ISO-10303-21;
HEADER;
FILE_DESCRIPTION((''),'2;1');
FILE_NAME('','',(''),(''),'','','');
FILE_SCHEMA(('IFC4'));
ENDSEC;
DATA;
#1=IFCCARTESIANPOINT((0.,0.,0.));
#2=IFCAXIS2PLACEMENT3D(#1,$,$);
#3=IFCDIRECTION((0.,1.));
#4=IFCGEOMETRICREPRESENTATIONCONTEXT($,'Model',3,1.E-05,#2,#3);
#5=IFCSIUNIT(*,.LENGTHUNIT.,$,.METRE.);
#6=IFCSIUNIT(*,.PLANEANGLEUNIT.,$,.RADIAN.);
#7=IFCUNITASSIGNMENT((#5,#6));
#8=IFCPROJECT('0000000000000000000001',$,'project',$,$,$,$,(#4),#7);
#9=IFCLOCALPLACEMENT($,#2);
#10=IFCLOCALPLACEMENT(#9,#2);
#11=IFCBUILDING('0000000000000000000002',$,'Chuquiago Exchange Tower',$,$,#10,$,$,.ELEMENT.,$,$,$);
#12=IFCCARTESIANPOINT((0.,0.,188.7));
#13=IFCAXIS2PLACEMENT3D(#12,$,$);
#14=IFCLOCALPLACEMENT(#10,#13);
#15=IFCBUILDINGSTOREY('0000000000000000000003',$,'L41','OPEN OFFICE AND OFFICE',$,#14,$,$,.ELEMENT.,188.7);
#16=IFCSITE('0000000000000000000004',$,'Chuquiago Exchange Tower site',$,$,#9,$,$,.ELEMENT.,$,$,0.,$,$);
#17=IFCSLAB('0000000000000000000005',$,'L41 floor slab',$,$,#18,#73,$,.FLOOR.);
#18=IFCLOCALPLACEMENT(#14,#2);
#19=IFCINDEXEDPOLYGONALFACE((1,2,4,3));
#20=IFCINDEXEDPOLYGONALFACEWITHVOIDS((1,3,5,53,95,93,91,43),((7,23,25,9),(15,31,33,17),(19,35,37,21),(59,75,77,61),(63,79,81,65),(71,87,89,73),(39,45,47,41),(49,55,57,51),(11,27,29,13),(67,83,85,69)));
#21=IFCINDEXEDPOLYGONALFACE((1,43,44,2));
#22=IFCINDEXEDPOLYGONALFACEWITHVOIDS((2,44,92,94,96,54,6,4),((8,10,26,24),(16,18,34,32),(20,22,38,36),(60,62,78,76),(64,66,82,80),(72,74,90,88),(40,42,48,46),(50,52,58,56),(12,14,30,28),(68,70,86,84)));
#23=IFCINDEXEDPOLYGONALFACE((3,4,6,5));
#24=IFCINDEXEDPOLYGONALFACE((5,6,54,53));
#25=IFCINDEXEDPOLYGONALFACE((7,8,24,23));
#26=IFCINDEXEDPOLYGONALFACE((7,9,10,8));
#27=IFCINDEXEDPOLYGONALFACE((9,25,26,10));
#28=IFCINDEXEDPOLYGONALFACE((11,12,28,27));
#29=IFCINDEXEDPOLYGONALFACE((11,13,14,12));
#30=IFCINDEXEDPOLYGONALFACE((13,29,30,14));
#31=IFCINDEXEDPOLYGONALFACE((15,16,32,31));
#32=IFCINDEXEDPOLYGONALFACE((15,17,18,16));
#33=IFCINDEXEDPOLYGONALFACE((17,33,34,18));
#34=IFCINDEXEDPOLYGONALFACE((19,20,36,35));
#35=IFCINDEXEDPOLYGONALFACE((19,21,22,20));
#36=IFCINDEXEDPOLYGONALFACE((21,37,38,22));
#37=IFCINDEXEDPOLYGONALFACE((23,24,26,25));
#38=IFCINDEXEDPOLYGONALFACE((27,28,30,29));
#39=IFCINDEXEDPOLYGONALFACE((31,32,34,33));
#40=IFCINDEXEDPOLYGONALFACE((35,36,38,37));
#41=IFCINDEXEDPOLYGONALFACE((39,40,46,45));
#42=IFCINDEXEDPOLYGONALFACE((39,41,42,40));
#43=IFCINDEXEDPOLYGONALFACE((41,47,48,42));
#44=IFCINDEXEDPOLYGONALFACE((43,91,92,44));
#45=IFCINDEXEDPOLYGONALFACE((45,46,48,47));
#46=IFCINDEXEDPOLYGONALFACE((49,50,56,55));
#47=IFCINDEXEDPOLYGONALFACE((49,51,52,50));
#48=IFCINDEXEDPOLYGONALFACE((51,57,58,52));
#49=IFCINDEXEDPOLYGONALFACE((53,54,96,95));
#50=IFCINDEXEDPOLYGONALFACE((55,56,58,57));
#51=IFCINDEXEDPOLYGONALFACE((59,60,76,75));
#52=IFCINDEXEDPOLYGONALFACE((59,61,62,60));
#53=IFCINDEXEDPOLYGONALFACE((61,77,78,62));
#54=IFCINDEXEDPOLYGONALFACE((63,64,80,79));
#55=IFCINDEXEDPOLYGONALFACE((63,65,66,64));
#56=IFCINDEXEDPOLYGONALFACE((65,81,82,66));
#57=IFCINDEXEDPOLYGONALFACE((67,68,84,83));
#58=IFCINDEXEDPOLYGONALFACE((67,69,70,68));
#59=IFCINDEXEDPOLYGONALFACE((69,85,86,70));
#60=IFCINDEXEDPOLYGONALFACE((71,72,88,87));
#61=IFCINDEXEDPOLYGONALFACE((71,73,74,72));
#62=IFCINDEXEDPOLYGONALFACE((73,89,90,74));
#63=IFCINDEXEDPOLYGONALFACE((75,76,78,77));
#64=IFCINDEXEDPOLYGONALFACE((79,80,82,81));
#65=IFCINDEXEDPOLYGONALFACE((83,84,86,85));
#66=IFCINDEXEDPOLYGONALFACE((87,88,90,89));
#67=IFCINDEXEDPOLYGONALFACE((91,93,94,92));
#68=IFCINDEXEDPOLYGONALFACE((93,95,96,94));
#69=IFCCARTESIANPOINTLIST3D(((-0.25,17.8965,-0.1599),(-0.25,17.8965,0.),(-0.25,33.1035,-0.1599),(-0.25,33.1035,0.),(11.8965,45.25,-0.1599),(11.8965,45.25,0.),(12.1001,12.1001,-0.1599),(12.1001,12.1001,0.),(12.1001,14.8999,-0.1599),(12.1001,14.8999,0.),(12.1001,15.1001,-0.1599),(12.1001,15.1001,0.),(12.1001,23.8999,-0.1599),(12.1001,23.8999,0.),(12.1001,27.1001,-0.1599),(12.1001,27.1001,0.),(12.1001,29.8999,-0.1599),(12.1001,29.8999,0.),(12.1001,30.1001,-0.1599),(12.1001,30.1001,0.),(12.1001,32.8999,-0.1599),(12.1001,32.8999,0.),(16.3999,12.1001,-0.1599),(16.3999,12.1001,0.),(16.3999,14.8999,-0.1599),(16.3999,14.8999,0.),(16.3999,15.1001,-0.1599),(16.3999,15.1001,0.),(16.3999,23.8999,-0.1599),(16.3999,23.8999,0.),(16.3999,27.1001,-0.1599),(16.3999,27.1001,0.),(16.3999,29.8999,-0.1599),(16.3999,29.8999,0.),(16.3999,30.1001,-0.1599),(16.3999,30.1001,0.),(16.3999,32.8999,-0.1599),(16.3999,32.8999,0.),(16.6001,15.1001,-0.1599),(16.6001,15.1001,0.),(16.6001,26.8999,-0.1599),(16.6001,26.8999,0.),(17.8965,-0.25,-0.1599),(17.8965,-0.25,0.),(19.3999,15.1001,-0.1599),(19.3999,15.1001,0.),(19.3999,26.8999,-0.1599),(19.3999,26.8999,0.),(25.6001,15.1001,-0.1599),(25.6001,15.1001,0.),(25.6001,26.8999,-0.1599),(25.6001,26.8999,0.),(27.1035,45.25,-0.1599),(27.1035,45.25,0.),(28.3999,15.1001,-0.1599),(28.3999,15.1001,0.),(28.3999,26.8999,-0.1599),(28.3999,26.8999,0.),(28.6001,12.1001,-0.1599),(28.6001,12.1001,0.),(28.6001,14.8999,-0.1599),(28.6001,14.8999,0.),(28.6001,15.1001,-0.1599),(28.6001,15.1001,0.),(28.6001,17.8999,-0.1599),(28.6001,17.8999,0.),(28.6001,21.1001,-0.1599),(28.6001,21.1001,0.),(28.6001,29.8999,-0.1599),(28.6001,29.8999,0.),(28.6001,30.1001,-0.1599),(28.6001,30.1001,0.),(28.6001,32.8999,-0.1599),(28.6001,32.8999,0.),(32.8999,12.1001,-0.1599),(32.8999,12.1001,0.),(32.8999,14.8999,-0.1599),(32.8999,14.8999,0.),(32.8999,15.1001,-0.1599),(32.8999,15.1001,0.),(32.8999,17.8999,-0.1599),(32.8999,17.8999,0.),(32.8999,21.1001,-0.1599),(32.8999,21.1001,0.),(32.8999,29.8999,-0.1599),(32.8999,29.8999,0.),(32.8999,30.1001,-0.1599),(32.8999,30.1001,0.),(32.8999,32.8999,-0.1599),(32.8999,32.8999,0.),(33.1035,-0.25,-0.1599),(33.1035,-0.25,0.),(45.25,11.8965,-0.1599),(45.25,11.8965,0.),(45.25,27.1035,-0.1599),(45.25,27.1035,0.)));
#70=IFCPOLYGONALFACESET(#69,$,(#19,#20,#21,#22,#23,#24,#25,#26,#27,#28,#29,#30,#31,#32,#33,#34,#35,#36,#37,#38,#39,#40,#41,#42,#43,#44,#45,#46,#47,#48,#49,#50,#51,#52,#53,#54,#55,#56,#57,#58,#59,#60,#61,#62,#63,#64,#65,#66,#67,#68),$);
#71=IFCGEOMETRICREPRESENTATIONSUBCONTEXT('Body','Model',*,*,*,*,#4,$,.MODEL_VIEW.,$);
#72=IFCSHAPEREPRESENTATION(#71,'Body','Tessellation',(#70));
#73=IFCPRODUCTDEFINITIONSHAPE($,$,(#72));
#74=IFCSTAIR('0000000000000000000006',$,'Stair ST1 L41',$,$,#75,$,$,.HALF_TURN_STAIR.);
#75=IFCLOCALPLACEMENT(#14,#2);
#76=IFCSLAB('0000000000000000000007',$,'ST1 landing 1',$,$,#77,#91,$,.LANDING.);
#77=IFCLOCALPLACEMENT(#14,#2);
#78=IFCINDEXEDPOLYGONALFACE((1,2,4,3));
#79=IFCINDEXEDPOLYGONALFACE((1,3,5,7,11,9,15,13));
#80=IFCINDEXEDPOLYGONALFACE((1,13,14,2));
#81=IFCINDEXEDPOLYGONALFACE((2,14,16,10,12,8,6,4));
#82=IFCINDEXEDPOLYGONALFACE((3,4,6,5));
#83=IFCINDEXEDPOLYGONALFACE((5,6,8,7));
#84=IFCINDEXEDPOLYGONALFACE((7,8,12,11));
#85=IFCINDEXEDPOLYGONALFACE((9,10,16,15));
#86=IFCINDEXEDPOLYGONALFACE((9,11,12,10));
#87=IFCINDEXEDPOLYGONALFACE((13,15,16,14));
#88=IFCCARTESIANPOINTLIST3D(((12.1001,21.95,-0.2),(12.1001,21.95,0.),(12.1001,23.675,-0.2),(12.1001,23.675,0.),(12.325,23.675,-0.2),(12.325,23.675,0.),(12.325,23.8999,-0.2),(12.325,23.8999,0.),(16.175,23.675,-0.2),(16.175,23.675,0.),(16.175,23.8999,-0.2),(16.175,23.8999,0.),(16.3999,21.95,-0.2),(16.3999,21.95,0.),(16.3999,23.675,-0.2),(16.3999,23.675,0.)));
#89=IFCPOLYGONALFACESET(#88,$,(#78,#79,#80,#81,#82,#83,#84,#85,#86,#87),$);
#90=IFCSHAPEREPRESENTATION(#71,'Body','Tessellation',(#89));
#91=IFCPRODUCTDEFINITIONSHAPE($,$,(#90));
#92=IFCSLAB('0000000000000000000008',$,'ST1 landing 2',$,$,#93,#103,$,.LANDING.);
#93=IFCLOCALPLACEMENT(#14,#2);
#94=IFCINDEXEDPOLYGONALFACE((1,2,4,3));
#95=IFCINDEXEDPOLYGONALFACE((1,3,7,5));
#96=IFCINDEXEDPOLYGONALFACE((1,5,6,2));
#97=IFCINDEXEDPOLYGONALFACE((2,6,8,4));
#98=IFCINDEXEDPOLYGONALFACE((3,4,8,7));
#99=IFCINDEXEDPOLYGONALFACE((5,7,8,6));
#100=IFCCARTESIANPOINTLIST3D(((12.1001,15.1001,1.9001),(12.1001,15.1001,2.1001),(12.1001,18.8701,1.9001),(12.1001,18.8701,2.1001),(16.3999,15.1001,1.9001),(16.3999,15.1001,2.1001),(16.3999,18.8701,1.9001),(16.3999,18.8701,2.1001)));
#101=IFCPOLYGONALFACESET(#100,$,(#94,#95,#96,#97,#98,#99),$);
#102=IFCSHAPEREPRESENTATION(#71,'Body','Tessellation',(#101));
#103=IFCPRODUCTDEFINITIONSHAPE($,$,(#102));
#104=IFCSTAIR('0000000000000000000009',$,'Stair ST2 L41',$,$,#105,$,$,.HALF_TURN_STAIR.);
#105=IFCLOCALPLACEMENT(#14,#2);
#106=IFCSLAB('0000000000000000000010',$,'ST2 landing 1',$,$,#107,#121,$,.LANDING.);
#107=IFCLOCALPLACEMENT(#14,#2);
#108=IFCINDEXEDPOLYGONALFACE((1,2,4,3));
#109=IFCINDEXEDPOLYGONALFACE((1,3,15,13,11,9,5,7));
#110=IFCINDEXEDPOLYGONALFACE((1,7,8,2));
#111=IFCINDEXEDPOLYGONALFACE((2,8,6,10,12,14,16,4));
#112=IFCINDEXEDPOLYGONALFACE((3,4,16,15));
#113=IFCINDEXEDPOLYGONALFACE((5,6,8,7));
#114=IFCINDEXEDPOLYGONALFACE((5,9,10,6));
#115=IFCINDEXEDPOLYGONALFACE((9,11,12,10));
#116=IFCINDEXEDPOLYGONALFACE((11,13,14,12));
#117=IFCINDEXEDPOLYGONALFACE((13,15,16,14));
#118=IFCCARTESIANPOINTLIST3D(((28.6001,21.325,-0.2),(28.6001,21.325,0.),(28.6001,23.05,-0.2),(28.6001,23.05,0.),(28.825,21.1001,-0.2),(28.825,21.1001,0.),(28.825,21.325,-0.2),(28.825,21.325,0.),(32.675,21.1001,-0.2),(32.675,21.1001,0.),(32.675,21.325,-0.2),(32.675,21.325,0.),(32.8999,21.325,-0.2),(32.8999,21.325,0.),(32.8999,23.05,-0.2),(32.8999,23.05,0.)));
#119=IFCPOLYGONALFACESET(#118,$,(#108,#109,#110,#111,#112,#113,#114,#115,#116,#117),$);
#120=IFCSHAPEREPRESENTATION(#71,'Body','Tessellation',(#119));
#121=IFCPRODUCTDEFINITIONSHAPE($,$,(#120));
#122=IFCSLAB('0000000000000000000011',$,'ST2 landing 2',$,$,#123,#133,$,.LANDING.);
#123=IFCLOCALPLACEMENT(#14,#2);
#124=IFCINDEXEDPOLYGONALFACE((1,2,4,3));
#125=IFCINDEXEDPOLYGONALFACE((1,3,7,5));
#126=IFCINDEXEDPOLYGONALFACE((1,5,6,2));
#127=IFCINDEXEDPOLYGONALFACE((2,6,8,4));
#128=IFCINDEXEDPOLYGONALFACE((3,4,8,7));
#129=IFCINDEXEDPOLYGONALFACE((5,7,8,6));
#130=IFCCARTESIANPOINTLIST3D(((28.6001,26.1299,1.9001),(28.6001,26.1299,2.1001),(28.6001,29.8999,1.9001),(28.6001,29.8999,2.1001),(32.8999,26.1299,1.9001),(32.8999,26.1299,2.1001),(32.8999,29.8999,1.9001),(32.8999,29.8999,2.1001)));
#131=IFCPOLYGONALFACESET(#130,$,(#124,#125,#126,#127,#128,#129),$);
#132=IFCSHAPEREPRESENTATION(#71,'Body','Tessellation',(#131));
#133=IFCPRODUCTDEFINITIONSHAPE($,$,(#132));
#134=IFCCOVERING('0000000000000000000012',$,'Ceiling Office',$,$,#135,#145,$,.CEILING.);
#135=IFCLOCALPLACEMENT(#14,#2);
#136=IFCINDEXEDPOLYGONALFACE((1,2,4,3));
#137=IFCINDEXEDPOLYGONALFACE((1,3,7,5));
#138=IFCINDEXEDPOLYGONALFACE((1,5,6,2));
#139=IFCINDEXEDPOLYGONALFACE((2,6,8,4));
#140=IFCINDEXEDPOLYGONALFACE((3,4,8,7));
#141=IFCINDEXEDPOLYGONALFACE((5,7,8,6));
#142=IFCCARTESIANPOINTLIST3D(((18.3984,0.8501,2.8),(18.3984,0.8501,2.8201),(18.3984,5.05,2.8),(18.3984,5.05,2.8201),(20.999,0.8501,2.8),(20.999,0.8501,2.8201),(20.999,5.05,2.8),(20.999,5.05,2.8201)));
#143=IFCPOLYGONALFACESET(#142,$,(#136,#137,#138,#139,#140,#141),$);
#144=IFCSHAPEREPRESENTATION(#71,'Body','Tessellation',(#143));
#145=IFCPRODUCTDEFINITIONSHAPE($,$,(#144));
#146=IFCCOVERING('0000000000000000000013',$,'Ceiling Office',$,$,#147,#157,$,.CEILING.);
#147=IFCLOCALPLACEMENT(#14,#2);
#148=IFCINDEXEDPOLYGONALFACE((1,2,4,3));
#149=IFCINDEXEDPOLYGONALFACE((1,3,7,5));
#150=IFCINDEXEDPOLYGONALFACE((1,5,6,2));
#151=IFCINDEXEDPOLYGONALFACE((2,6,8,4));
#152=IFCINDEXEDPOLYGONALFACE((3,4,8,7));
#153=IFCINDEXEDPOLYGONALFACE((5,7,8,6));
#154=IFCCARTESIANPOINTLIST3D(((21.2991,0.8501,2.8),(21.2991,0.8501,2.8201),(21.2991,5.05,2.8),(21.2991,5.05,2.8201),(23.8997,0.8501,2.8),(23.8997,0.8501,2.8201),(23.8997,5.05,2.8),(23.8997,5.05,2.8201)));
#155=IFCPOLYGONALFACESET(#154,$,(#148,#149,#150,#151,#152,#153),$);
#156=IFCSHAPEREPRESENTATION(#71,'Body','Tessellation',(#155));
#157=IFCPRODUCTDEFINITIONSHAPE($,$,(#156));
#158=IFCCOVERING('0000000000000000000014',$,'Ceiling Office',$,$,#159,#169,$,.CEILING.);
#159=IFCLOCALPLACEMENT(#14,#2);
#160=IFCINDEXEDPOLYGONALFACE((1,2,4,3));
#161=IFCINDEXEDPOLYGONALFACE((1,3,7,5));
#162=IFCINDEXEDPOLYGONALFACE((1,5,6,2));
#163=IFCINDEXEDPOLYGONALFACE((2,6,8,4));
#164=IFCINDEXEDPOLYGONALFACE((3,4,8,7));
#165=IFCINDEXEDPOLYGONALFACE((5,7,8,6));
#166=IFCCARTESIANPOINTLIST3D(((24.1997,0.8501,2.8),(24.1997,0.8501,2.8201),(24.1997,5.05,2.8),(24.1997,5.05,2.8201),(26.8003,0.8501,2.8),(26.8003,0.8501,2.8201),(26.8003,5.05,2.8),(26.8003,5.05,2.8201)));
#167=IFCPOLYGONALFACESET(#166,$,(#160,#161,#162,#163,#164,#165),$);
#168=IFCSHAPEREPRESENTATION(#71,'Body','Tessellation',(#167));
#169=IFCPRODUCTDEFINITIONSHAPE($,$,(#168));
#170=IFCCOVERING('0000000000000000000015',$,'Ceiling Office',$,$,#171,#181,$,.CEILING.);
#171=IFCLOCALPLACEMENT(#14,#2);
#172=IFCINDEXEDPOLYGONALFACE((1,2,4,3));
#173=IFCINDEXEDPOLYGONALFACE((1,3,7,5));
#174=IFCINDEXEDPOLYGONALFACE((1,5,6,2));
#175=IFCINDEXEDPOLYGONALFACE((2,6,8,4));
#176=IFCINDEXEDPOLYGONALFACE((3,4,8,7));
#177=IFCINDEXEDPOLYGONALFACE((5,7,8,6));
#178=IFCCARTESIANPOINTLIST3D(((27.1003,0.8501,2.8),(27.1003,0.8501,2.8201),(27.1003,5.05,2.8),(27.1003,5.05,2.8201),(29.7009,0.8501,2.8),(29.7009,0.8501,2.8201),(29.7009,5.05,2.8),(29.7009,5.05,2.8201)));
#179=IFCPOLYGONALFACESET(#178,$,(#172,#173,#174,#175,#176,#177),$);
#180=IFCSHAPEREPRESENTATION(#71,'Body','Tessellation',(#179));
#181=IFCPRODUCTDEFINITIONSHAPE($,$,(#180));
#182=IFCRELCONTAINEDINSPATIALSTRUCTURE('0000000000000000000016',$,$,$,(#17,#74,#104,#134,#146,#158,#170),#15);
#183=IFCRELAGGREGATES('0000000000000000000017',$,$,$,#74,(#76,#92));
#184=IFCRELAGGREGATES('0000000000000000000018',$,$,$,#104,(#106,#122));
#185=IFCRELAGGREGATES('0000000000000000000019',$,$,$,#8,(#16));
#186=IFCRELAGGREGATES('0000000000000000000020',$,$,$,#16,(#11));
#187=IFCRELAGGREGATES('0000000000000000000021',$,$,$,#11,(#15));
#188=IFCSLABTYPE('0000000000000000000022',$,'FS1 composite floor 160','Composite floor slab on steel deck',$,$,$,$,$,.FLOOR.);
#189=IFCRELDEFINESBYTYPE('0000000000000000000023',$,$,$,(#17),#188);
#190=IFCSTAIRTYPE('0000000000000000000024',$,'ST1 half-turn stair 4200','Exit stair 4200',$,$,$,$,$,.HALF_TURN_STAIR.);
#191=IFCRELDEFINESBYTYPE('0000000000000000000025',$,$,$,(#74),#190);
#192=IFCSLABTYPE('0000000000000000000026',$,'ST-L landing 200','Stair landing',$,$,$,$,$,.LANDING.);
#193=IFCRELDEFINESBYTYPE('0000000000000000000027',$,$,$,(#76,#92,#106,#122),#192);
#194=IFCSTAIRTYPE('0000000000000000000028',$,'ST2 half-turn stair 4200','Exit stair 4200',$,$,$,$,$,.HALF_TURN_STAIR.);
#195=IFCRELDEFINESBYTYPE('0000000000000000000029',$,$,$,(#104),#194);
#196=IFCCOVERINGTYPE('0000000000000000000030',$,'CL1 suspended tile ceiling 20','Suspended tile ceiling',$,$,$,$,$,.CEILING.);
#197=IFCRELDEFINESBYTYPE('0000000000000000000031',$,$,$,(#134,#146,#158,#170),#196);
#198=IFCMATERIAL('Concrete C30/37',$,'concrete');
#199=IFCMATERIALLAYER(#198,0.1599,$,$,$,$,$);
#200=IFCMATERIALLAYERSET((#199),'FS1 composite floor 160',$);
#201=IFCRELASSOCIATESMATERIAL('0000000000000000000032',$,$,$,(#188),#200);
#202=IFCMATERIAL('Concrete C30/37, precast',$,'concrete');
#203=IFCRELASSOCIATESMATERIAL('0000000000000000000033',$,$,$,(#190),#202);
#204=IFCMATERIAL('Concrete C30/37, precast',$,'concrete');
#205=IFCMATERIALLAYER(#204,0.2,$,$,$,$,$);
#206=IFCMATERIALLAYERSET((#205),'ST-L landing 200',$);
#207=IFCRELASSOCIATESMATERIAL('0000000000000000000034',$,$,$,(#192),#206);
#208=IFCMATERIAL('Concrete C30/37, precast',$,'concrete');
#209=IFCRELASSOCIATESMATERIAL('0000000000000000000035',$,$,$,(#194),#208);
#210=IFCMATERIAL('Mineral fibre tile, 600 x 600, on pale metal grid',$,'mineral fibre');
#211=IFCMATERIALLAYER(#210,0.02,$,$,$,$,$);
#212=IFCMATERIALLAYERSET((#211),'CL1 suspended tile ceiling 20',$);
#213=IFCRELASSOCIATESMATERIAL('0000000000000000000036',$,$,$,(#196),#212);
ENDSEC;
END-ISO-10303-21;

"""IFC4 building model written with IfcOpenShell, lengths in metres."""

from ifc_helpers import new_model, si_unit, direction, frame, origin, place, context, subcontext, project, spatial, polyline, outline, extrude, material, layer, layer_set, type_object, element, aggregate, save


model = new_model("IFC4")

# Units and contexts
model_context = context("Model", 3, precision=1e-05, world=origin(), true_north=direction((0.0, 1.0)))
body_context = subcontext(model_context, "Body", "Model", "MODEL_VIEW")
ifc_project = project(units=[si_unit("LENGTHUNIT", "METRE"), si_unit("PLANEANGLEUNIT", "RADIAN")], contexts=[model_context])

# Site, building, storey
site_placement = place(None, origin())
site = spatial("IfcSite", under=ifc_project, at=site_placement, Name="Chuquiago Exchange Tower site", CompositionType="ELEMENT", RefElevation=0.0)
building_placement = place(site_placement, origin())
building = spatial("IfcBuilding", under=site, at=building_placement, Name="Chuquiago Exchange Tower", CompositionType="ELEMENT")
storey_placement = place(building_placement, frame((0.0, 0.0, 188.7)))
storey = spatial("IfcBuildingStorey", under=building, at=storey_placement, Name="L41", Description="OPEN OFFICE AND OFFICE", CompositionType="ELEMENT", Elevation=188.7)

# Slab
ifc_material_1 = material(Name="Concrete C30/37", Category="concrete")
ifc_layer_1 = layer(ifc_material_1, 0.1599)
ifc_layer_set_1 = layer_set([ifc_layer_1], Name="FS1 composite floor 160")
slab_type_1 = type_object("IfcSlabType", Name="FS1 composite floor 160", Description="Composite floor slab on steel deck", PredefinedType="FLOOR", material=ifc_layer_set_1)
slab_1_placement = place(storey_placement, frame((0.0, 0.0, -0.1599)))
element("IfcSlab", 1, at=slab_1_placement, inside=storey, type_object=slab_type_1, Name="L41 floor slab", PredefinedType="FLOOR", context=body_context, shape_type="SweptSolid", body=[
    extrude(outline(polyline([(17.8965, -0.25), (-0.25, 17.8965), (-0.25, 33.1035), (11.8965, 45.25), (27.1035, 45.25), (45.25, 27.1035), (45.25, 11.8965), (33.1035, -0.25), (17.8965, -0.25)]), holes=[polyline([(16.3999, 15.1001), (12.1001, 15.1001), (12.1001, 23.8999), (16.3999, 23.8999), (16.3999, 15.1001)]), polyline([(32.8999, 21.1001), (28.6001, 21.1001), (28.6001, 29.8999), (32.8999, 29.8999), (32.8999, 21.1001)]), polyline([(16.3999, 12.1001), (12.1001, 12.1001), (12.1001, 14.8999), (16.3999, 14.8999), (16.3999, 12.1001)]), polyline([(16.3999, 30.1001), (12.1001, 30.1001), (12.1001, 32.8999), (16.3999, 32.8999), (16.3999, 30.1001)]), polyline([(32.8999, 12.1001), (28.6001, 12.1001), (28.6001, 14.8999), (32.8999, 14.8999), (32.8999, 12.1001)]), polyline([(32.8999, 30.1001), (28.6001, 30.1001), (28.6001, 32.8999), (32.8999, 32.8999), (32.8999, 30.1001)]), polyline([(16.3999, 27.1001), (12.1001, 27.1001), (12.1001, 29.8999), (16.3999, 29.8999), (16.3999, 27.1001)]), polyline([(32.8999, 15.1001), (28.6001, 15.1001), (28.6001, 17.8999), (32.8999, 17.8999), (32.8999, 15.1001)]), polyline([(19.3999, 15.1001), (16.6001, 15.1001), (16.6001, 26.8999), (19.3999, 26.8999), (19.3999, 15.1001)]), polyline([(28.3999, 15.1001), (25.6001, 15.1001), (25.6001, 26.8999), (28.3999, 26.8999), (28.3999, 15.1001)])]), origin(), (0.0, 0.0, 1.0), 0.1599),
])

# Stairs, slabs
ifc_material_2 = material(Name="Concrete C30/37, precast", Category="concrete")
stair_type_1 = type_object("IfcStairType", Name="ST1 half-turn stair 4200", Description="Exit stair 4200", PredefinedType="HALF_TURN_STAIR", material=ifc_material_2)
stair_1_placement = place(storey_placement, origin())
stair_1 = element("IfcStair", 2, at=stair_1_placement, inside=storey, type_object=stair_type_1, Name="Stair ST1 L41", PredefinedType="HALF_TURN_STAIR")
ifc_material_3 = material(Name="Concrete C30/37, precast", Category="concrete")
ifc_layer_2 = layer(ifc_material_3, 0.2)
ifc_layer_set_2 = layer_set([ifc_layer_2], Name="ST-L landing 200")
slab_type_2 = type_object("IfcSlabType", Name="ST-L landing 200", Description="Stair landing", PredefinedType="LANDING", material=ifc_layer_set_2)
slab_2_placement = place(storey_placement, frame((0.0, 0.0, -0.2)))
slab_2 = element("IfcSlab", 3, at=slab_2_placement, type_object=slab_type_2, Name="ST1 landing 1", PredefinedType="LANDING", context=body_context, shape_type="SweptSolid", body=[
    extrude(outline(polyline([(12.325, 23.8999), (16.175, 23.8999), (16.175, 23.675), (16.3999, 23.675), (16.3999, 21.95), (12.1001, 21.95), (12.1001, 23.675), (12.325, 23.675), (12.325, 23.8999)])), origin(), (0.0, 0.0, 1.0), 0.2),
])
slab_3_placement = place(storey_placement, frame((0.0, 0.0, 1.9001)))
slab_3 = element("IfcSlab", 4, at=slab_3_placement, type_object=slab_type_2, Name="ST1 landing 2", PredefinedType="LANDING", context=body_context, shape_type="SweptSolid", body=[
    extrude(outline(polyline([(12.1001, 18.8701), (16.3999, 18.8701), (16.3999, 15.1001), (12.1001, 15.1001), (12.1001, 18.8701)])), origin(), (0.0, 0.0, 1.0), 0.2),
])
aggregate(stair_1, [slab_2, slab_3])
ifc_material_4 = material(Name="Concrete C30/37, precast", Category="concrete")
stair_type_2 = type_object("IfcStairType", Name="ST2 half-turn stair 4200", Description="Exit stair 4200", PredefinedType="HALF_TURN_STAIR", material=ifc_material_4)
stair_2_placement = place(storey_placement, origin())
stair_2 = element("IfcStair", 5, at=stair_2_placement, inside=storey, type_object=stair_type_2, Name="Stair ST2 L41", PredefinedType="HALF_TURN_STAIR")
slab_4_placement = place(storey_placement, frame((0.0, 0.0, -0.2)))
slab_4 = element("IfcSlab", 6, at=slab_4_placement, type_object=slab_type_2, Name="ST2 landing 1", PredefinedType="LANDING", context=body_context, shape_type="SweptSolid", body=[
    extrude(outline(polyline([(32.675, 21.325), (32.675, 21.1001), (28.825, 21.1001), (28.825, 21.325), (28.6001, 21.325), (28.6001, 23.05), (32.8999, 23.05), (32.8999, 21.325), (32.675, 21.325)])), origin(), (0.0, 0.0, 1.0), 0.2),
])
slab_5_placement = place(storey_placement, frame((0.0, 0.0, 1.9001)))
slab_5 = element("IfcSlab", 7, at=slab_5_placement, type_object=slab_type_2, Name="ST2 landing 2", PredefinedType="LANDING", context=body_context, shape_type="SweptSolid", body=[
    extrude(outline(polyline([(28.6001, 29.8999), (32.8999, 29.8999), (32.8999, 26.1299), (28.6001, 26.1299), (28.6001, 29.8999)])), origin(), (0.0, 0.0, 1.0), 0.2),
])
aggregate(stair_2, [slab_4, slab_5])

# Coverings
ifc_material_5 = material(Name="Mineral fibre tile, 600 x 600, on pale metal grid", Category="mineral fibre")
ifc_layer_3 = layer(ifc_material_5, 0.02)
ifc_layer_set_3 = layer_set([ifc_layer_3], Name="CL1 suspended tile ceiling 20")
covering_type_1 = type_object("IfcCoveringType", Name="CL1 suspended tile ceiling 20", Description="Suspended tile ceiling", PredefinedType="CEILING", material=ifc_layer_set_3)
covering_1_placement = place(storey_placement, frame((0.0, 0.0, 2.8)))
element("IfcCovering", 8, at=covering_1_placement, inside=storey, type_object=covering_type_1, Name="Ceiling Office", PredefinedType="CEILING", context=body_context, shape_type="SweptSolid", body=[
    extrude(outline(polyline([(18.3984, 5.05), (20.999, 5.05), (20.999, 0.8501), (18.3984, 0.8501), (18.3984, 5.05)])), origin(), (0.0, 0.0, 1.0), 0.02),
])
covering_2_placement = place(storey_placement, frame((0.0, 0.0, 2.8)))
element("IfcCovering", 9, at=covering_2_placement, inside=storey, type_object=covering_type_1, Name="Ceiling Office", PredefinedType="CEILING", context=body_context, shape_type="SweptSolid", body=[
    extrude(outline(polyline([(21.2991, 5.05), (23.8997, 5.05), (23.8997, 0.8501), (21.2991, 0.8501), (21.2991, 5.05)])), origin(), (0.0, 0.0, 1.0), 0.02),
])
covering_3_placement = place(storey_placement, frame((0.0, 0.0, 2.8)))
element("IfcCovering", 10, at=covering_3_placement, inside=storey, type_object=covering_type_1, Name="Ceiling Office", PredefinedType="CEILING", context=body_context, shape_type="SweptSolid", body=[
    extrude(outline(polyline([(24.1997, 5.05), (26.8003, 5.05), (26.8003, 0.8501), (24.1997, 0.8501), (24.1997, 5.05)])), origin(), (0.0, 0.0, 1.0), 0.02),
])
covering_4_placement = place(storey_placement, frame((0.0, 0.0, 2.8)))
element("IfcCovering", 11, at=covering_4_placement, inside=storey, type_object=covering_type_1, Name="Ceiling Office", PredefinedType="CEILING", context=body_context, shape_type="SweptSolid", body=[
    extrude(outline(polyline([(27.1003, 5.05), (29.7009, 5.05), (29.7009, 0.8501), (27.1003, 0.8501), (27.1003, 5.05)])), origin(), (0.0, 0.0, 1.0), 0.02),
])

save(model, "model.ifc")
